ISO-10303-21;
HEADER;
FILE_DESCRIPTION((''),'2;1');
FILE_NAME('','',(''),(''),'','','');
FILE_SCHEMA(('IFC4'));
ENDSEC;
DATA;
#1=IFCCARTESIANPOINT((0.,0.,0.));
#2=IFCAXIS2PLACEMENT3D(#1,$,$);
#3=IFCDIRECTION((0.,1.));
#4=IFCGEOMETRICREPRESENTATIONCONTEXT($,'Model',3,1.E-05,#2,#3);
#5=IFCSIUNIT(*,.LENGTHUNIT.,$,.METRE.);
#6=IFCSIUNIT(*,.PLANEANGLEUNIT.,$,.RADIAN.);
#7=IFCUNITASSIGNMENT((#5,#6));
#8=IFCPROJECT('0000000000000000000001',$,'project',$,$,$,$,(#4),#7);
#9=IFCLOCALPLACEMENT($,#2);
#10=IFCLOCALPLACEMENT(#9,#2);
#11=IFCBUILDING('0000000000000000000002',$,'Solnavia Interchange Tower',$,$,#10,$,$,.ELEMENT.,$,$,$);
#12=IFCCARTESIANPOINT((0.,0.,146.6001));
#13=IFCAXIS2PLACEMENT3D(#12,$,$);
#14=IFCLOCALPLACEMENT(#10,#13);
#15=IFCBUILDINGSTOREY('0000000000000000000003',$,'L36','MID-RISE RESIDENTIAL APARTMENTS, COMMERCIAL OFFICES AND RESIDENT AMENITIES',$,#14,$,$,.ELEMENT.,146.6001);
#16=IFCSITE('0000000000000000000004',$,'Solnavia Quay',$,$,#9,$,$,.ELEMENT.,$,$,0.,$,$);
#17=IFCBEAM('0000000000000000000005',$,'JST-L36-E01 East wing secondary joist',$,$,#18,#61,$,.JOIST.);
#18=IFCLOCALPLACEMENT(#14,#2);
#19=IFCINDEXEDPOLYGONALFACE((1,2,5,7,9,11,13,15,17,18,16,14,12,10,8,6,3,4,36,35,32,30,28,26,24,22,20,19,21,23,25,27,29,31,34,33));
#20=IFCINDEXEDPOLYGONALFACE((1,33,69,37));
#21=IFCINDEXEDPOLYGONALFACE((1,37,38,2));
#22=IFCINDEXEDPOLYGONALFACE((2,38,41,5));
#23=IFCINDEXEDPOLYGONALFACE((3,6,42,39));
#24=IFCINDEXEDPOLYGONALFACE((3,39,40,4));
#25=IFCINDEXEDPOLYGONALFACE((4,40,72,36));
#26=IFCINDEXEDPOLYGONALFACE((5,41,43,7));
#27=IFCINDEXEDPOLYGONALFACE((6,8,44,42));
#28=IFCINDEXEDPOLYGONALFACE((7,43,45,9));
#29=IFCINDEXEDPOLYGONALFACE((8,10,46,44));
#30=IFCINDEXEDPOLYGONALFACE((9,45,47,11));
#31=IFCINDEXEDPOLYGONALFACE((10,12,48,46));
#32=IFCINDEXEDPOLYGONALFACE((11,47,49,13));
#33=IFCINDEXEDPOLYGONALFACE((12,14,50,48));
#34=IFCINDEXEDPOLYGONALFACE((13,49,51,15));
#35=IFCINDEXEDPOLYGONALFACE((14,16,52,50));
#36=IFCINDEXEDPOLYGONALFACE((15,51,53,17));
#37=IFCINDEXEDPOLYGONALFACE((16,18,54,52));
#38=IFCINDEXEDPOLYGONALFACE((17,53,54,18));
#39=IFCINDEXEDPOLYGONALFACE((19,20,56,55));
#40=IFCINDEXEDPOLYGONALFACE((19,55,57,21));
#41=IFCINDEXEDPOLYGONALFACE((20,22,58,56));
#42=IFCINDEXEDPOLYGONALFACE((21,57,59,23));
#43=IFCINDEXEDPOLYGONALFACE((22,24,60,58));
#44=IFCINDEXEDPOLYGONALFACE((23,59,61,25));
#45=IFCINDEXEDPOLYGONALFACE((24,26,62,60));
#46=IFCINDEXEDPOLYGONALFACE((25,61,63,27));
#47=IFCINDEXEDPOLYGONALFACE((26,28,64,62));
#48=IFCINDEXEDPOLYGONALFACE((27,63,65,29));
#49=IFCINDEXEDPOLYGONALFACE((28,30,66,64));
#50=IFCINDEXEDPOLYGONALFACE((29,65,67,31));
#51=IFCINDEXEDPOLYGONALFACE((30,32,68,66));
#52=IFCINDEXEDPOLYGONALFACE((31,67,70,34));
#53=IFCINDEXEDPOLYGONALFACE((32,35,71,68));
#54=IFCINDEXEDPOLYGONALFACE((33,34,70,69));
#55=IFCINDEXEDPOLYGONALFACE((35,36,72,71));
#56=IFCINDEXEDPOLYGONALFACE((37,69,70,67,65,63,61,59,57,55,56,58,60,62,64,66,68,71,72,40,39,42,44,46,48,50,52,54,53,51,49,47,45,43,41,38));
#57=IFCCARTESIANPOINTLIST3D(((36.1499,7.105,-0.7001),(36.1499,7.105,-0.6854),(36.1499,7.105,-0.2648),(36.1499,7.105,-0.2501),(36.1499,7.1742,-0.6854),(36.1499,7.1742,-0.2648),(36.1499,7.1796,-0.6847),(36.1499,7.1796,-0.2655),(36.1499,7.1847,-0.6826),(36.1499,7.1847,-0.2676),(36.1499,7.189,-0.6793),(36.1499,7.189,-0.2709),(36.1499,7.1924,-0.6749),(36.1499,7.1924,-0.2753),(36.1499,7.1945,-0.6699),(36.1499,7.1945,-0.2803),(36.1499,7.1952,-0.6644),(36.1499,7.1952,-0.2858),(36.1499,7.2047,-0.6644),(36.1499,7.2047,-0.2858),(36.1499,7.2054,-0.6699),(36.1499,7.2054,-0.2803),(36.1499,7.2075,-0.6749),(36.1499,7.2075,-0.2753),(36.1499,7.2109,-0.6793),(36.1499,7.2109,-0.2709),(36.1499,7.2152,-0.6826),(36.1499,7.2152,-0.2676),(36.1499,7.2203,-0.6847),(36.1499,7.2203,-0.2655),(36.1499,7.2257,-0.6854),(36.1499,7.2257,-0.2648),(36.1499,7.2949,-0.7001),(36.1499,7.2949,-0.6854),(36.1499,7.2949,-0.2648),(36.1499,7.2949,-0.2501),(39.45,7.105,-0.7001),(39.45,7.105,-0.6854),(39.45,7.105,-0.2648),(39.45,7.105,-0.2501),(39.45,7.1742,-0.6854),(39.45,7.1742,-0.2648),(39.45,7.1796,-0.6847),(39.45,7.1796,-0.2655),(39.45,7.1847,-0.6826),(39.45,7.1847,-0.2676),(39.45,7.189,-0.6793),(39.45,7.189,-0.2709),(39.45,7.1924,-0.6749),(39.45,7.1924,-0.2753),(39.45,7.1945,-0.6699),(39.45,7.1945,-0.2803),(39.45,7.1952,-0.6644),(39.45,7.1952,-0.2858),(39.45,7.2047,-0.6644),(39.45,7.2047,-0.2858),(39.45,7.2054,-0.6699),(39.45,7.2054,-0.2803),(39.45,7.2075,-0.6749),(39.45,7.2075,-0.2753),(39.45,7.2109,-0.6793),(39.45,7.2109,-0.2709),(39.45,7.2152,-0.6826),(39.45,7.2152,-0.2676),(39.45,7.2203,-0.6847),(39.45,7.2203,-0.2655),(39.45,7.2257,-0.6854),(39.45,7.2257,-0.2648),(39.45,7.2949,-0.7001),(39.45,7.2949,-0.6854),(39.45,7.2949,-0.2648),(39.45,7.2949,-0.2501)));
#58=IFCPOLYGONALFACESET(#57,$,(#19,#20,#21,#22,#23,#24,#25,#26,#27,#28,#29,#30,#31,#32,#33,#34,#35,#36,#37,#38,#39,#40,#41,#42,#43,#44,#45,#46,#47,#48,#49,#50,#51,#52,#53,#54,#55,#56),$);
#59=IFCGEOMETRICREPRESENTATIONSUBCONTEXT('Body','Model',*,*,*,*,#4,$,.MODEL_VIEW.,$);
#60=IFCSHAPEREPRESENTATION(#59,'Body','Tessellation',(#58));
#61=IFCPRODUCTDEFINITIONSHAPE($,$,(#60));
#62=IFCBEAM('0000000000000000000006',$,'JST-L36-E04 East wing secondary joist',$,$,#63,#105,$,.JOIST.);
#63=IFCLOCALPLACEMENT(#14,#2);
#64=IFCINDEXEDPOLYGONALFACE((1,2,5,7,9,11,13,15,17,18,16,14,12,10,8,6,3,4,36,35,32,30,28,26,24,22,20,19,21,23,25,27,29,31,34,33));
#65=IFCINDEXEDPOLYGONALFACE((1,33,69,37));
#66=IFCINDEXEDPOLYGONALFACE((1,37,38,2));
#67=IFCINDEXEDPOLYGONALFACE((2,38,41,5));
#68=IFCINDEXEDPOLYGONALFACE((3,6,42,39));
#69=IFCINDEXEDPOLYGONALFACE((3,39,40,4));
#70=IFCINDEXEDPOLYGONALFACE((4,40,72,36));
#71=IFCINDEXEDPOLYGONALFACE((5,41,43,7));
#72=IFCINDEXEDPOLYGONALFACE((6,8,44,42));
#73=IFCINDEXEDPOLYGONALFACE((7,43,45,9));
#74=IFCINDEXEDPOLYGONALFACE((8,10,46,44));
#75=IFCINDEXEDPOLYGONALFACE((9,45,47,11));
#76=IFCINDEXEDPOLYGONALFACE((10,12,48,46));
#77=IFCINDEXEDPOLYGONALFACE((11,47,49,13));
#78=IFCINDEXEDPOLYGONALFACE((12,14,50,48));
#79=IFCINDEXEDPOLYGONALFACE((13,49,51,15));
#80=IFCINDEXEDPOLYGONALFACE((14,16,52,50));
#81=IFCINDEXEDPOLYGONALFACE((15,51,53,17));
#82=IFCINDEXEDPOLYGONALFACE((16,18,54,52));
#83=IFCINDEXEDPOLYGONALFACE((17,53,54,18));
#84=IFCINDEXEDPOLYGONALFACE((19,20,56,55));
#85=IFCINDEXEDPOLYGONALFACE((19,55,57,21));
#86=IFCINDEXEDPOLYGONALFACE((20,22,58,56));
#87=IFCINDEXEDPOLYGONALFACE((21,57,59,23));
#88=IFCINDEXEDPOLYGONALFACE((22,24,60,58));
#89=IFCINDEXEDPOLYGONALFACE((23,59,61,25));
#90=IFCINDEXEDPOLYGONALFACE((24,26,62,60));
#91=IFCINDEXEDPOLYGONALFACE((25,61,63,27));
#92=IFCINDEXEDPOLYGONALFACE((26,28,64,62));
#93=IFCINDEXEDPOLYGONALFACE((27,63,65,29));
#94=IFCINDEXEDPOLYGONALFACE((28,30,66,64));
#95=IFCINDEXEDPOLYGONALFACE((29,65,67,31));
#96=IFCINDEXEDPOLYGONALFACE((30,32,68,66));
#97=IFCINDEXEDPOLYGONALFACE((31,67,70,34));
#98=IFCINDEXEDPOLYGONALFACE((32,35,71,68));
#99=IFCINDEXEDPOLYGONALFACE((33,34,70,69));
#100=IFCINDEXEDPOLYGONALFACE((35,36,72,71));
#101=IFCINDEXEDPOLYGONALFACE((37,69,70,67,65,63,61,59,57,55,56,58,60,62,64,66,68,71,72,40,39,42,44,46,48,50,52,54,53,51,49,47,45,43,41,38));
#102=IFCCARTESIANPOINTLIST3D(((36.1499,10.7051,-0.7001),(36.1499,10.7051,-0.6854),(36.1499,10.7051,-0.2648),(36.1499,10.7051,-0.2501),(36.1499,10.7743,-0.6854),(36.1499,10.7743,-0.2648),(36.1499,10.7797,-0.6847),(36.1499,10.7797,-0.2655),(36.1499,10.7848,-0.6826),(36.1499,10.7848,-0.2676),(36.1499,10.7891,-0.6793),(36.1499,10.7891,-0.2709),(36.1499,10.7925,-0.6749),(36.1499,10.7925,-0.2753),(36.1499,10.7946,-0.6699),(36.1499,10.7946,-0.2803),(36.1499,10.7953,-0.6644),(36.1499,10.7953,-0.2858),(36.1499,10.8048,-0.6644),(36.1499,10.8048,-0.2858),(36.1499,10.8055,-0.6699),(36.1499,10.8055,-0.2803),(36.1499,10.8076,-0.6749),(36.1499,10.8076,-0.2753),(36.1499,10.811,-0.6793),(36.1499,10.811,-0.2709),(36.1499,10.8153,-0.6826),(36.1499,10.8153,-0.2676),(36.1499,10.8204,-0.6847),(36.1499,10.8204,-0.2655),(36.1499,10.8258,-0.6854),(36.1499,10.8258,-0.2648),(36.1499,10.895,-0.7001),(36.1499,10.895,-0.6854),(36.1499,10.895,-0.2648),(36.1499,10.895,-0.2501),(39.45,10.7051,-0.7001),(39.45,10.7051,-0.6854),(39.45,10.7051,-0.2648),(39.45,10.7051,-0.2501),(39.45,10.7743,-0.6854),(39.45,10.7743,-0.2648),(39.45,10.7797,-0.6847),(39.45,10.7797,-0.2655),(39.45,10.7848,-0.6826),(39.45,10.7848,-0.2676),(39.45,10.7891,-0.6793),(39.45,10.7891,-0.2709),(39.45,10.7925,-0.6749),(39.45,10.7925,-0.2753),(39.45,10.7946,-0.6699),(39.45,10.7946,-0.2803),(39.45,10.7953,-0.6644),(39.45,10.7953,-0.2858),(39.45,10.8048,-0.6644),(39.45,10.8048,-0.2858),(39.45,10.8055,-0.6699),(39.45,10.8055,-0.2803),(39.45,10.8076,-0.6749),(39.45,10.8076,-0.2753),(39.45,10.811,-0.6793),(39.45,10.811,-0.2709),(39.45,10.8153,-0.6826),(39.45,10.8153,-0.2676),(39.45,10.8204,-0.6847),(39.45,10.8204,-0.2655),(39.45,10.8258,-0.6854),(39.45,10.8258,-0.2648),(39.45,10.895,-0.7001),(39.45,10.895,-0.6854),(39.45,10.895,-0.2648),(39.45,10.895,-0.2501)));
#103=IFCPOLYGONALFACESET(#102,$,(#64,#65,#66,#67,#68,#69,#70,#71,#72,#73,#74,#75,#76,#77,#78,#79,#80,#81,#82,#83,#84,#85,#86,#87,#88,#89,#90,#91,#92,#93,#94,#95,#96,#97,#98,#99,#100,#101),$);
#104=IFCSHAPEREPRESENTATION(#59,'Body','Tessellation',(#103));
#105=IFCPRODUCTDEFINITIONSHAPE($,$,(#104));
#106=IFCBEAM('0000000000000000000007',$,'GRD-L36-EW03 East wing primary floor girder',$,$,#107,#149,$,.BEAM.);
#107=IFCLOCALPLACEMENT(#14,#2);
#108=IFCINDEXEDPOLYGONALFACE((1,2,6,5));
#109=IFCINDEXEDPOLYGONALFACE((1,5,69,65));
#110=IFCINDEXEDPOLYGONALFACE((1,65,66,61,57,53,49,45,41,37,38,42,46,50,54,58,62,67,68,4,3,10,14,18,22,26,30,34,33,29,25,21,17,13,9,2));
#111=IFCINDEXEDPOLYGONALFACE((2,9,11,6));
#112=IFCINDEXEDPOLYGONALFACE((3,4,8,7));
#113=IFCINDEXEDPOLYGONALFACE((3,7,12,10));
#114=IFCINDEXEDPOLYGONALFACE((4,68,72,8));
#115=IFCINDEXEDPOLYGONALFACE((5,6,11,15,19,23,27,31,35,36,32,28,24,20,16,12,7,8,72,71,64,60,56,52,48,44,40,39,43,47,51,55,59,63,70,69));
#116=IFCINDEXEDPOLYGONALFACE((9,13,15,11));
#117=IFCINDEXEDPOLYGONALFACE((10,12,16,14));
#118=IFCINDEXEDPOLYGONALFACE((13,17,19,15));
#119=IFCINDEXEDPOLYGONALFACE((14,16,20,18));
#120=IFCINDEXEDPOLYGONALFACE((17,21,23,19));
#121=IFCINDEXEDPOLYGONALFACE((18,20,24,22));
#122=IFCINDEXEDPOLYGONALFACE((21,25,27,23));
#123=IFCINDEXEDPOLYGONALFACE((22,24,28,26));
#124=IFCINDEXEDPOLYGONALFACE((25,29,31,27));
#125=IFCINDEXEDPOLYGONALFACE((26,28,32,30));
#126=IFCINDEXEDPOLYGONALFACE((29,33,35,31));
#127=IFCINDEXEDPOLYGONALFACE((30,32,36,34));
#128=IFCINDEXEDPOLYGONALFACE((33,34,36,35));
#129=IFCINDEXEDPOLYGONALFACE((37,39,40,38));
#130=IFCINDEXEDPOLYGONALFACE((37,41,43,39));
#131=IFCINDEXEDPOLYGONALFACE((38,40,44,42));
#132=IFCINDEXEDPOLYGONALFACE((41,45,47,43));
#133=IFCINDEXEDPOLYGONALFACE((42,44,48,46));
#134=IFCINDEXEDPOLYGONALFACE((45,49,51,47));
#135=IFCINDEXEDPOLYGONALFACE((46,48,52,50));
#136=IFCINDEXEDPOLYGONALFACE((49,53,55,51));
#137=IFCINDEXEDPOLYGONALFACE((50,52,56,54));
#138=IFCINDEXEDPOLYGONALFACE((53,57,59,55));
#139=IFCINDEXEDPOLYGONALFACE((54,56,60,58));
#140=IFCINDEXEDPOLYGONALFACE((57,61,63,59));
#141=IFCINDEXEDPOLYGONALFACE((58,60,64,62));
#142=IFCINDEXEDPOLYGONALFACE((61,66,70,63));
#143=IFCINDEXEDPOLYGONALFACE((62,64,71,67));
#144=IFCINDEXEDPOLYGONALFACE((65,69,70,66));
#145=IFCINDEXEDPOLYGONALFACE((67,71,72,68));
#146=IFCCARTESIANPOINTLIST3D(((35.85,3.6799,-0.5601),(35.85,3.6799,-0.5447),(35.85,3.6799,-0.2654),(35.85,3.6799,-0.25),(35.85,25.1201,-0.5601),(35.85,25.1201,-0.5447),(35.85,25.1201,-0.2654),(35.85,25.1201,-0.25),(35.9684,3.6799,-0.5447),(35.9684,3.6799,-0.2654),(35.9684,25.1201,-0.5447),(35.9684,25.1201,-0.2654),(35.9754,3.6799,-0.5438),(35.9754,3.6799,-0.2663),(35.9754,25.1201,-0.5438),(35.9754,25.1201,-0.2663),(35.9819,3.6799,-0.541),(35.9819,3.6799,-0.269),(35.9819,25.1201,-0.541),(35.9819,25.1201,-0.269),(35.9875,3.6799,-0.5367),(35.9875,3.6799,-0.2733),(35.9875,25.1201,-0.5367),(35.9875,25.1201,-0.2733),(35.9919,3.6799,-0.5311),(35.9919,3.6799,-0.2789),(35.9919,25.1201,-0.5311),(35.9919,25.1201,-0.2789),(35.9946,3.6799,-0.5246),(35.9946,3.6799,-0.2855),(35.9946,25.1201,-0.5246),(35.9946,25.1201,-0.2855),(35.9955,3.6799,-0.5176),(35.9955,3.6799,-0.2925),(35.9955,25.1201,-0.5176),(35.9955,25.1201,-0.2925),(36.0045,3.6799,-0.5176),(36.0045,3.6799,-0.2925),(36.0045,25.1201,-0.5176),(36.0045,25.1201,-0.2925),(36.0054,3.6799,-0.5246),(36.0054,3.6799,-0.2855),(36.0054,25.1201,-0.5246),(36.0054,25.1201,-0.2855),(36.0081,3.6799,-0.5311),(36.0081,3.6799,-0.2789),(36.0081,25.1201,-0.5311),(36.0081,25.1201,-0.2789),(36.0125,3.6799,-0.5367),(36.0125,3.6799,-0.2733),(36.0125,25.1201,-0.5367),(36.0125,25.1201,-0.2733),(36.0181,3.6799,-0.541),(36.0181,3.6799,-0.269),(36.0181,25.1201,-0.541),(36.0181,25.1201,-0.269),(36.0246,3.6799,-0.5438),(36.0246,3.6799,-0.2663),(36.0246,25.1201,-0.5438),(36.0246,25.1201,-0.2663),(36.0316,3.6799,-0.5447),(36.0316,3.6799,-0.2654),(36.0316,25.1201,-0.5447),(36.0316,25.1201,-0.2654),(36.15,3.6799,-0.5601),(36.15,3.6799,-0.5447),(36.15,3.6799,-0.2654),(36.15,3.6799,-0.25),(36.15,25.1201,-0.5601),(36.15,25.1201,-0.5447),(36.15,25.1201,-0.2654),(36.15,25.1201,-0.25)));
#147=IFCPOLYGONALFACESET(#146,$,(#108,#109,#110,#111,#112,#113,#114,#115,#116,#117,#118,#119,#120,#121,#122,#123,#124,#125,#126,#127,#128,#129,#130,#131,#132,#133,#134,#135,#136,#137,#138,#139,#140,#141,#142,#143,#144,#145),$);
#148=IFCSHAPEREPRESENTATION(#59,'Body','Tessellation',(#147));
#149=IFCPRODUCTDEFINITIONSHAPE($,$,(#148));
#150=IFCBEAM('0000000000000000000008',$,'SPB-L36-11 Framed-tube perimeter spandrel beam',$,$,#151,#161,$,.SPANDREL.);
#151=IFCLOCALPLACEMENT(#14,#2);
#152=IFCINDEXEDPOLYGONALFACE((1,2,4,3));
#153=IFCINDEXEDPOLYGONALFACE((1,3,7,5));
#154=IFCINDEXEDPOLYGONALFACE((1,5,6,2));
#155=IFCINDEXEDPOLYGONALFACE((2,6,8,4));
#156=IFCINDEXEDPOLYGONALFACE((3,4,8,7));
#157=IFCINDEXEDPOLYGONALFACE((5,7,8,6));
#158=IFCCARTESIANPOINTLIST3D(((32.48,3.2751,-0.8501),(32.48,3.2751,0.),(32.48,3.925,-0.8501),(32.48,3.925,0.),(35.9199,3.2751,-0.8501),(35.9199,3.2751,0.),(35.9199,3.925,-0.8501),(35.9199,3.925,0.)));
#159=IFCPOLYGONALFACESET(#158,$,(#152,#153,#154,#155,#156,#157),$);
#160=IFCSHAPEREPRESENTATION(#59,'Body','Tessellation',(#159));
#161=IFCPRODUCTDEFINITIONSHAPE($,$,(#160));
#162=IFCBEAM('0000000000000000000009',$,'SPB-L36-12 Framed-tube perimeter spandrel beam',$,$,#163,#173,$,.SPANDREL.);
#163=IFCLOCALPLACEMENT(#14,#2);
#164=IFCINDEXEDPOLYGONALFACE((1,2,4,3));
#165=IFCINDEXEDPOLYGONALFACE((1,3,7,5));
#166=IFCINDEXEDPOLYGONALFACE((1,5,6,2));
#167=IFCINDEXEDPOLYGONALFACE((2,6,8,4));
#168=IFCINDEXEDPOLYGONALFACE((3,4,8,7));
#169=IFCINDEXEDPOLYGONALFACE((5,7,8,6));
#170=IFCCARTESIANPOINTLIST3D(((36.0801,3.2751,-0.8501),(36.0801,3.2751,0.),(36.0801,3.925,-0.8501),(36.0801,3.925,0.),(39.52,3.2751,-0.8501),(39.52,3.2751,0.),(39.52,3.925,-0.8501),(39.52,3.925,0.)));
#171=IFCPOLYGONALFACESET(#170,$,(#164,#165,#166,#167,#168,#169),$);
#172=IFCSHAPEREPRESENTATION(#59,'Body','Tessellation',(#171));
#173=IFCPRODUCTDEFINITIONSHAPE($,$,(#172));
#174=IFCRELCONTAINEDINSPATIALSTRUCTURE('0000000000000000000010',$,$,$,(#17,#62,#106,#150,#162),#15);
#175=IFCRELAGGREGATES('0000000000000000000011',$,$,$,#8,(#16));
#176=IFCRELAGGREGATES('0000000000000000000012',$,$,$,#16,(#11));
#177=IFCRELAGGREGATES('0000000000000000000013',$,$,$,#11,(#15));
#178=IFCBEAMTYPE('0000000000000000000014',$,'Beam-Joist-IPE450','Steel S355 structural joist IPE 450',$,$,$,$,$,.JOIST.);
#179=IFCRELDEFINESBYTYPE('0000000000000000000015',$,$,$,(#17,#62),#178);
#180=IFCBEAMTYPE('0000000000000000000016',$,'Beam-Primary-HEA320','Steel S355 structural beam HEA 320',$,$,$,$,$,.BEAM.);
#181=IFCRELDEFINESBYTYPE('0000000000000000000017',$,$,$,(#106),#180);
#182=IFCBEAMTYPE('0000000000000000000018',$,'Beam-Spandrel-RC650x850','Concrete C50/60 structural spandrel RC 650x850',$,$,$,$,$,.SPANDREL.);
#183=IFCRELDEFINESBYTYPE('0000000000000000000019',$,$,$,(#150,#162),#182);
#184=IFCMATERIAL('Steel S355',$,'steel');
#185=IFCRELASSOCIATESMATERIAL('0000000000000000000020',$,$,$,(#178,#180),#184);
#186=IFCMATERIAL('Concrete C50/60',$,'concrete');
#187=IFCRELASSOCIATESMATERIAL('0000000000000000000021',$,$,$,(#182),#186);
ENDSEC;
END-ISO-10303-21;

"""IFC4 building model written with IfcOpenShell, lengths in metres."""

from ifc_helpers import new_model, si_unit, direction, frame, origin, origin_2d, place, context, subcontext, project, spatial, rectangle, i_section, extrude, material, material_profile, profile_set, type_object, element, save


model = new_model("IFC4")

# Units and contexts
model_context = context("Model", 3, precision=1e-05, world=origin(), true_north=direction((0.0, 1.0)))
body_context = subcontext(model_context, "Body", "Model", "MODEL_VIEW")
ifc_project = project(units=[si_unit("LENGTHUNIT", "METRE"), si_unit("PLANEANGLEUNIT", "RADIAN")], contexts=[model_context])

# Site, building, storey
site_placement = place(None, origin())
site = spatial("IfcSite", under=ifc_project, at=site_placement, Name="Solnavia Quay", CompositionType="ELEMENT", RefElevation=0.0)
building_placement = place(site_placement, origin())
building = spatial("IfcBuilding", under=site, at=building_placement, Name="Solnavia Interchange Tower", CompositionType="ELEMENT")
storey_placement = place(building_placement, frame((0.0, 0.0, 146.6001)))
storey = spatial("IfcBuildingStorey", under=building, at=storey_placement, Name="L36", Description="MID-RISE RESIDENTIAL APARTMENTS, COMMERCIAL OFFICES AND RESIDENT AMENITIES", CompositionType="ELEMENT", Elevation=146.6001)

# Shared definitions
ifc_material_1 = material(Name="Concrete C50/60", Category="concrete")
ifc_material_2 = material(Name="Steel S355", Category="steel")

# Beams
ifc_material_profile_1 = material_profile(ifc_material_2, i_section(OverallWidth=0.1899, OverallDepth=0.45, WebThickness=0.0095, FlangeThickness=0.0146, FilletRadius=0.021, at=origin_2d()), Name="IPE 450")
ifc_profile_set_1 = profile_set([ifc_material_profile_1], Name="Steel S355")
beam_type_1 = type_object("IfcBeamType", Name="Beam-Joist-IPE450", Description="Steel S355 structural joist IPE 450", PredefinedType="JOIST", material=ifc_profile_set_1)
for number, where, z_axis, x_axis, name in (
    (1, (36.1499, 7.2, -0.4751), (1.0, 0.0, 0.0), (0.0, 1.0, 0.0), "JST-L36-E01 East wing secondary joist"),
    (2, (36.1499, 10.8, -0.4751), (1.0, 0.0, 0.0), (0.0, 1.0, 0.0), "JST-L36-E04 East wing secondary joist"),
):
    element("IfcBeam", number, at=place(storey_placement, frame(where, z_axis=z_axis, x_axis=x_axis)), inside=storey, type_object=beam_type_1, Name=name, PredefinedType="JOIST", context=body_context, shape_type="SweptSolid", body=[
        extrude(i_section(OverallWidth=0.1899, OverallDepth=0.45, WebThickness=0.0095, FlangeThickness=0.0146, FilletRadius=0.021, at=origin_2d()), origin(), (0.0, 0.0, 1.0), 3.3),
    ])
ifc_material_profile_2 = material_profile(ifc_material_2, i_section(OverallWidth=0.3, OverallDepth=0.3101, WebThickness=0.009, FlangeThickness=0.0154, FilletRadius=0.0271, at=origin_2d()), Name="HEA 320")
ifc_profile_set_2 = profile_set([ifc_material_profile_2], Name="Steel S355")
beam_type_2 = type_object("IfcBeamType", Name="Beam-Primary-HEA320", Description="Steel S355 structural beam HEA 320", PredefinedType="BEAM", material=ifc_profile_set_2)
beam_1_placement = place(storey_placement, frame((36.0, 3.6799, -0.405), z_axis=(0.0, 1.0, 0.0), x_axis=(-1.0, 0.0, 0.0)))
element("IfcBeam", 3, at=beam_1_placement, inside=storey, type_object=beam_type_2, Name="GRD-L36-EW03 East wing primary floor girder", PredefinedType="BEAM", context=body_context, shape_type="SweptSolid", body=[
    extrude(i_section(OverallWidth=0.3, OverallDepth=0.3101, WebThickness=0.009, FlangeThickness=0.0154, FilletRadius=0.0271, at=origin_2d()), origin(), (0.0, 0.0, 1.0), 21.4402),
])
ifc_material_profile_3 = material_profile(ifc_material_1, rectangle(XDim=0.6499, YDim=0.8501, at=origin_2d()), Name="RC 650x850")
ifc_profile_set_3 = profile_set([ifc_material_profile_3], Name="Concrete C50/60")
beam_type_3 = type_object("IfcBeamType", Name="Beam-Spandrel-RC650x850", Description="Concrete C50/60 structural spandrel RC 650x850", PredefinedType="SPANDREL", material=ifc_profile_set_3)
for number, where, z_axis, x_axis, name in (
    (4, (32.48, 3.6001, -0.425), (1.0, 0.0, 0.0), (0.0, 1.0, 0.0), "SPB-L36-11 Framed-tube perimeter spandrel beam"),
    (5, (36.0801, 3.6001, -0.425), (1.0, 0.0, 0.0), (0.0, 1.0, 0.0), "SPB-L36-12 Framed-tube perimeter spandrel beam"),
):
    element("IfcBeam", number, at=place(storey_placement, frame(where, z_axis=z_axis, x_axis=x_axis)), inside=storey, type_object=beam_type_3, Name=name, PredefinedType="SPANDREL", context=body_context, shape_type="SweptSolid", body=[
        extrude(rectangle(XDim=0.6499, YDim=0.8501, at=origin_2d()), origin(), (0.0, 0.0, 1.0), 3.4399),
    ])

save(model, "model.ifc")
